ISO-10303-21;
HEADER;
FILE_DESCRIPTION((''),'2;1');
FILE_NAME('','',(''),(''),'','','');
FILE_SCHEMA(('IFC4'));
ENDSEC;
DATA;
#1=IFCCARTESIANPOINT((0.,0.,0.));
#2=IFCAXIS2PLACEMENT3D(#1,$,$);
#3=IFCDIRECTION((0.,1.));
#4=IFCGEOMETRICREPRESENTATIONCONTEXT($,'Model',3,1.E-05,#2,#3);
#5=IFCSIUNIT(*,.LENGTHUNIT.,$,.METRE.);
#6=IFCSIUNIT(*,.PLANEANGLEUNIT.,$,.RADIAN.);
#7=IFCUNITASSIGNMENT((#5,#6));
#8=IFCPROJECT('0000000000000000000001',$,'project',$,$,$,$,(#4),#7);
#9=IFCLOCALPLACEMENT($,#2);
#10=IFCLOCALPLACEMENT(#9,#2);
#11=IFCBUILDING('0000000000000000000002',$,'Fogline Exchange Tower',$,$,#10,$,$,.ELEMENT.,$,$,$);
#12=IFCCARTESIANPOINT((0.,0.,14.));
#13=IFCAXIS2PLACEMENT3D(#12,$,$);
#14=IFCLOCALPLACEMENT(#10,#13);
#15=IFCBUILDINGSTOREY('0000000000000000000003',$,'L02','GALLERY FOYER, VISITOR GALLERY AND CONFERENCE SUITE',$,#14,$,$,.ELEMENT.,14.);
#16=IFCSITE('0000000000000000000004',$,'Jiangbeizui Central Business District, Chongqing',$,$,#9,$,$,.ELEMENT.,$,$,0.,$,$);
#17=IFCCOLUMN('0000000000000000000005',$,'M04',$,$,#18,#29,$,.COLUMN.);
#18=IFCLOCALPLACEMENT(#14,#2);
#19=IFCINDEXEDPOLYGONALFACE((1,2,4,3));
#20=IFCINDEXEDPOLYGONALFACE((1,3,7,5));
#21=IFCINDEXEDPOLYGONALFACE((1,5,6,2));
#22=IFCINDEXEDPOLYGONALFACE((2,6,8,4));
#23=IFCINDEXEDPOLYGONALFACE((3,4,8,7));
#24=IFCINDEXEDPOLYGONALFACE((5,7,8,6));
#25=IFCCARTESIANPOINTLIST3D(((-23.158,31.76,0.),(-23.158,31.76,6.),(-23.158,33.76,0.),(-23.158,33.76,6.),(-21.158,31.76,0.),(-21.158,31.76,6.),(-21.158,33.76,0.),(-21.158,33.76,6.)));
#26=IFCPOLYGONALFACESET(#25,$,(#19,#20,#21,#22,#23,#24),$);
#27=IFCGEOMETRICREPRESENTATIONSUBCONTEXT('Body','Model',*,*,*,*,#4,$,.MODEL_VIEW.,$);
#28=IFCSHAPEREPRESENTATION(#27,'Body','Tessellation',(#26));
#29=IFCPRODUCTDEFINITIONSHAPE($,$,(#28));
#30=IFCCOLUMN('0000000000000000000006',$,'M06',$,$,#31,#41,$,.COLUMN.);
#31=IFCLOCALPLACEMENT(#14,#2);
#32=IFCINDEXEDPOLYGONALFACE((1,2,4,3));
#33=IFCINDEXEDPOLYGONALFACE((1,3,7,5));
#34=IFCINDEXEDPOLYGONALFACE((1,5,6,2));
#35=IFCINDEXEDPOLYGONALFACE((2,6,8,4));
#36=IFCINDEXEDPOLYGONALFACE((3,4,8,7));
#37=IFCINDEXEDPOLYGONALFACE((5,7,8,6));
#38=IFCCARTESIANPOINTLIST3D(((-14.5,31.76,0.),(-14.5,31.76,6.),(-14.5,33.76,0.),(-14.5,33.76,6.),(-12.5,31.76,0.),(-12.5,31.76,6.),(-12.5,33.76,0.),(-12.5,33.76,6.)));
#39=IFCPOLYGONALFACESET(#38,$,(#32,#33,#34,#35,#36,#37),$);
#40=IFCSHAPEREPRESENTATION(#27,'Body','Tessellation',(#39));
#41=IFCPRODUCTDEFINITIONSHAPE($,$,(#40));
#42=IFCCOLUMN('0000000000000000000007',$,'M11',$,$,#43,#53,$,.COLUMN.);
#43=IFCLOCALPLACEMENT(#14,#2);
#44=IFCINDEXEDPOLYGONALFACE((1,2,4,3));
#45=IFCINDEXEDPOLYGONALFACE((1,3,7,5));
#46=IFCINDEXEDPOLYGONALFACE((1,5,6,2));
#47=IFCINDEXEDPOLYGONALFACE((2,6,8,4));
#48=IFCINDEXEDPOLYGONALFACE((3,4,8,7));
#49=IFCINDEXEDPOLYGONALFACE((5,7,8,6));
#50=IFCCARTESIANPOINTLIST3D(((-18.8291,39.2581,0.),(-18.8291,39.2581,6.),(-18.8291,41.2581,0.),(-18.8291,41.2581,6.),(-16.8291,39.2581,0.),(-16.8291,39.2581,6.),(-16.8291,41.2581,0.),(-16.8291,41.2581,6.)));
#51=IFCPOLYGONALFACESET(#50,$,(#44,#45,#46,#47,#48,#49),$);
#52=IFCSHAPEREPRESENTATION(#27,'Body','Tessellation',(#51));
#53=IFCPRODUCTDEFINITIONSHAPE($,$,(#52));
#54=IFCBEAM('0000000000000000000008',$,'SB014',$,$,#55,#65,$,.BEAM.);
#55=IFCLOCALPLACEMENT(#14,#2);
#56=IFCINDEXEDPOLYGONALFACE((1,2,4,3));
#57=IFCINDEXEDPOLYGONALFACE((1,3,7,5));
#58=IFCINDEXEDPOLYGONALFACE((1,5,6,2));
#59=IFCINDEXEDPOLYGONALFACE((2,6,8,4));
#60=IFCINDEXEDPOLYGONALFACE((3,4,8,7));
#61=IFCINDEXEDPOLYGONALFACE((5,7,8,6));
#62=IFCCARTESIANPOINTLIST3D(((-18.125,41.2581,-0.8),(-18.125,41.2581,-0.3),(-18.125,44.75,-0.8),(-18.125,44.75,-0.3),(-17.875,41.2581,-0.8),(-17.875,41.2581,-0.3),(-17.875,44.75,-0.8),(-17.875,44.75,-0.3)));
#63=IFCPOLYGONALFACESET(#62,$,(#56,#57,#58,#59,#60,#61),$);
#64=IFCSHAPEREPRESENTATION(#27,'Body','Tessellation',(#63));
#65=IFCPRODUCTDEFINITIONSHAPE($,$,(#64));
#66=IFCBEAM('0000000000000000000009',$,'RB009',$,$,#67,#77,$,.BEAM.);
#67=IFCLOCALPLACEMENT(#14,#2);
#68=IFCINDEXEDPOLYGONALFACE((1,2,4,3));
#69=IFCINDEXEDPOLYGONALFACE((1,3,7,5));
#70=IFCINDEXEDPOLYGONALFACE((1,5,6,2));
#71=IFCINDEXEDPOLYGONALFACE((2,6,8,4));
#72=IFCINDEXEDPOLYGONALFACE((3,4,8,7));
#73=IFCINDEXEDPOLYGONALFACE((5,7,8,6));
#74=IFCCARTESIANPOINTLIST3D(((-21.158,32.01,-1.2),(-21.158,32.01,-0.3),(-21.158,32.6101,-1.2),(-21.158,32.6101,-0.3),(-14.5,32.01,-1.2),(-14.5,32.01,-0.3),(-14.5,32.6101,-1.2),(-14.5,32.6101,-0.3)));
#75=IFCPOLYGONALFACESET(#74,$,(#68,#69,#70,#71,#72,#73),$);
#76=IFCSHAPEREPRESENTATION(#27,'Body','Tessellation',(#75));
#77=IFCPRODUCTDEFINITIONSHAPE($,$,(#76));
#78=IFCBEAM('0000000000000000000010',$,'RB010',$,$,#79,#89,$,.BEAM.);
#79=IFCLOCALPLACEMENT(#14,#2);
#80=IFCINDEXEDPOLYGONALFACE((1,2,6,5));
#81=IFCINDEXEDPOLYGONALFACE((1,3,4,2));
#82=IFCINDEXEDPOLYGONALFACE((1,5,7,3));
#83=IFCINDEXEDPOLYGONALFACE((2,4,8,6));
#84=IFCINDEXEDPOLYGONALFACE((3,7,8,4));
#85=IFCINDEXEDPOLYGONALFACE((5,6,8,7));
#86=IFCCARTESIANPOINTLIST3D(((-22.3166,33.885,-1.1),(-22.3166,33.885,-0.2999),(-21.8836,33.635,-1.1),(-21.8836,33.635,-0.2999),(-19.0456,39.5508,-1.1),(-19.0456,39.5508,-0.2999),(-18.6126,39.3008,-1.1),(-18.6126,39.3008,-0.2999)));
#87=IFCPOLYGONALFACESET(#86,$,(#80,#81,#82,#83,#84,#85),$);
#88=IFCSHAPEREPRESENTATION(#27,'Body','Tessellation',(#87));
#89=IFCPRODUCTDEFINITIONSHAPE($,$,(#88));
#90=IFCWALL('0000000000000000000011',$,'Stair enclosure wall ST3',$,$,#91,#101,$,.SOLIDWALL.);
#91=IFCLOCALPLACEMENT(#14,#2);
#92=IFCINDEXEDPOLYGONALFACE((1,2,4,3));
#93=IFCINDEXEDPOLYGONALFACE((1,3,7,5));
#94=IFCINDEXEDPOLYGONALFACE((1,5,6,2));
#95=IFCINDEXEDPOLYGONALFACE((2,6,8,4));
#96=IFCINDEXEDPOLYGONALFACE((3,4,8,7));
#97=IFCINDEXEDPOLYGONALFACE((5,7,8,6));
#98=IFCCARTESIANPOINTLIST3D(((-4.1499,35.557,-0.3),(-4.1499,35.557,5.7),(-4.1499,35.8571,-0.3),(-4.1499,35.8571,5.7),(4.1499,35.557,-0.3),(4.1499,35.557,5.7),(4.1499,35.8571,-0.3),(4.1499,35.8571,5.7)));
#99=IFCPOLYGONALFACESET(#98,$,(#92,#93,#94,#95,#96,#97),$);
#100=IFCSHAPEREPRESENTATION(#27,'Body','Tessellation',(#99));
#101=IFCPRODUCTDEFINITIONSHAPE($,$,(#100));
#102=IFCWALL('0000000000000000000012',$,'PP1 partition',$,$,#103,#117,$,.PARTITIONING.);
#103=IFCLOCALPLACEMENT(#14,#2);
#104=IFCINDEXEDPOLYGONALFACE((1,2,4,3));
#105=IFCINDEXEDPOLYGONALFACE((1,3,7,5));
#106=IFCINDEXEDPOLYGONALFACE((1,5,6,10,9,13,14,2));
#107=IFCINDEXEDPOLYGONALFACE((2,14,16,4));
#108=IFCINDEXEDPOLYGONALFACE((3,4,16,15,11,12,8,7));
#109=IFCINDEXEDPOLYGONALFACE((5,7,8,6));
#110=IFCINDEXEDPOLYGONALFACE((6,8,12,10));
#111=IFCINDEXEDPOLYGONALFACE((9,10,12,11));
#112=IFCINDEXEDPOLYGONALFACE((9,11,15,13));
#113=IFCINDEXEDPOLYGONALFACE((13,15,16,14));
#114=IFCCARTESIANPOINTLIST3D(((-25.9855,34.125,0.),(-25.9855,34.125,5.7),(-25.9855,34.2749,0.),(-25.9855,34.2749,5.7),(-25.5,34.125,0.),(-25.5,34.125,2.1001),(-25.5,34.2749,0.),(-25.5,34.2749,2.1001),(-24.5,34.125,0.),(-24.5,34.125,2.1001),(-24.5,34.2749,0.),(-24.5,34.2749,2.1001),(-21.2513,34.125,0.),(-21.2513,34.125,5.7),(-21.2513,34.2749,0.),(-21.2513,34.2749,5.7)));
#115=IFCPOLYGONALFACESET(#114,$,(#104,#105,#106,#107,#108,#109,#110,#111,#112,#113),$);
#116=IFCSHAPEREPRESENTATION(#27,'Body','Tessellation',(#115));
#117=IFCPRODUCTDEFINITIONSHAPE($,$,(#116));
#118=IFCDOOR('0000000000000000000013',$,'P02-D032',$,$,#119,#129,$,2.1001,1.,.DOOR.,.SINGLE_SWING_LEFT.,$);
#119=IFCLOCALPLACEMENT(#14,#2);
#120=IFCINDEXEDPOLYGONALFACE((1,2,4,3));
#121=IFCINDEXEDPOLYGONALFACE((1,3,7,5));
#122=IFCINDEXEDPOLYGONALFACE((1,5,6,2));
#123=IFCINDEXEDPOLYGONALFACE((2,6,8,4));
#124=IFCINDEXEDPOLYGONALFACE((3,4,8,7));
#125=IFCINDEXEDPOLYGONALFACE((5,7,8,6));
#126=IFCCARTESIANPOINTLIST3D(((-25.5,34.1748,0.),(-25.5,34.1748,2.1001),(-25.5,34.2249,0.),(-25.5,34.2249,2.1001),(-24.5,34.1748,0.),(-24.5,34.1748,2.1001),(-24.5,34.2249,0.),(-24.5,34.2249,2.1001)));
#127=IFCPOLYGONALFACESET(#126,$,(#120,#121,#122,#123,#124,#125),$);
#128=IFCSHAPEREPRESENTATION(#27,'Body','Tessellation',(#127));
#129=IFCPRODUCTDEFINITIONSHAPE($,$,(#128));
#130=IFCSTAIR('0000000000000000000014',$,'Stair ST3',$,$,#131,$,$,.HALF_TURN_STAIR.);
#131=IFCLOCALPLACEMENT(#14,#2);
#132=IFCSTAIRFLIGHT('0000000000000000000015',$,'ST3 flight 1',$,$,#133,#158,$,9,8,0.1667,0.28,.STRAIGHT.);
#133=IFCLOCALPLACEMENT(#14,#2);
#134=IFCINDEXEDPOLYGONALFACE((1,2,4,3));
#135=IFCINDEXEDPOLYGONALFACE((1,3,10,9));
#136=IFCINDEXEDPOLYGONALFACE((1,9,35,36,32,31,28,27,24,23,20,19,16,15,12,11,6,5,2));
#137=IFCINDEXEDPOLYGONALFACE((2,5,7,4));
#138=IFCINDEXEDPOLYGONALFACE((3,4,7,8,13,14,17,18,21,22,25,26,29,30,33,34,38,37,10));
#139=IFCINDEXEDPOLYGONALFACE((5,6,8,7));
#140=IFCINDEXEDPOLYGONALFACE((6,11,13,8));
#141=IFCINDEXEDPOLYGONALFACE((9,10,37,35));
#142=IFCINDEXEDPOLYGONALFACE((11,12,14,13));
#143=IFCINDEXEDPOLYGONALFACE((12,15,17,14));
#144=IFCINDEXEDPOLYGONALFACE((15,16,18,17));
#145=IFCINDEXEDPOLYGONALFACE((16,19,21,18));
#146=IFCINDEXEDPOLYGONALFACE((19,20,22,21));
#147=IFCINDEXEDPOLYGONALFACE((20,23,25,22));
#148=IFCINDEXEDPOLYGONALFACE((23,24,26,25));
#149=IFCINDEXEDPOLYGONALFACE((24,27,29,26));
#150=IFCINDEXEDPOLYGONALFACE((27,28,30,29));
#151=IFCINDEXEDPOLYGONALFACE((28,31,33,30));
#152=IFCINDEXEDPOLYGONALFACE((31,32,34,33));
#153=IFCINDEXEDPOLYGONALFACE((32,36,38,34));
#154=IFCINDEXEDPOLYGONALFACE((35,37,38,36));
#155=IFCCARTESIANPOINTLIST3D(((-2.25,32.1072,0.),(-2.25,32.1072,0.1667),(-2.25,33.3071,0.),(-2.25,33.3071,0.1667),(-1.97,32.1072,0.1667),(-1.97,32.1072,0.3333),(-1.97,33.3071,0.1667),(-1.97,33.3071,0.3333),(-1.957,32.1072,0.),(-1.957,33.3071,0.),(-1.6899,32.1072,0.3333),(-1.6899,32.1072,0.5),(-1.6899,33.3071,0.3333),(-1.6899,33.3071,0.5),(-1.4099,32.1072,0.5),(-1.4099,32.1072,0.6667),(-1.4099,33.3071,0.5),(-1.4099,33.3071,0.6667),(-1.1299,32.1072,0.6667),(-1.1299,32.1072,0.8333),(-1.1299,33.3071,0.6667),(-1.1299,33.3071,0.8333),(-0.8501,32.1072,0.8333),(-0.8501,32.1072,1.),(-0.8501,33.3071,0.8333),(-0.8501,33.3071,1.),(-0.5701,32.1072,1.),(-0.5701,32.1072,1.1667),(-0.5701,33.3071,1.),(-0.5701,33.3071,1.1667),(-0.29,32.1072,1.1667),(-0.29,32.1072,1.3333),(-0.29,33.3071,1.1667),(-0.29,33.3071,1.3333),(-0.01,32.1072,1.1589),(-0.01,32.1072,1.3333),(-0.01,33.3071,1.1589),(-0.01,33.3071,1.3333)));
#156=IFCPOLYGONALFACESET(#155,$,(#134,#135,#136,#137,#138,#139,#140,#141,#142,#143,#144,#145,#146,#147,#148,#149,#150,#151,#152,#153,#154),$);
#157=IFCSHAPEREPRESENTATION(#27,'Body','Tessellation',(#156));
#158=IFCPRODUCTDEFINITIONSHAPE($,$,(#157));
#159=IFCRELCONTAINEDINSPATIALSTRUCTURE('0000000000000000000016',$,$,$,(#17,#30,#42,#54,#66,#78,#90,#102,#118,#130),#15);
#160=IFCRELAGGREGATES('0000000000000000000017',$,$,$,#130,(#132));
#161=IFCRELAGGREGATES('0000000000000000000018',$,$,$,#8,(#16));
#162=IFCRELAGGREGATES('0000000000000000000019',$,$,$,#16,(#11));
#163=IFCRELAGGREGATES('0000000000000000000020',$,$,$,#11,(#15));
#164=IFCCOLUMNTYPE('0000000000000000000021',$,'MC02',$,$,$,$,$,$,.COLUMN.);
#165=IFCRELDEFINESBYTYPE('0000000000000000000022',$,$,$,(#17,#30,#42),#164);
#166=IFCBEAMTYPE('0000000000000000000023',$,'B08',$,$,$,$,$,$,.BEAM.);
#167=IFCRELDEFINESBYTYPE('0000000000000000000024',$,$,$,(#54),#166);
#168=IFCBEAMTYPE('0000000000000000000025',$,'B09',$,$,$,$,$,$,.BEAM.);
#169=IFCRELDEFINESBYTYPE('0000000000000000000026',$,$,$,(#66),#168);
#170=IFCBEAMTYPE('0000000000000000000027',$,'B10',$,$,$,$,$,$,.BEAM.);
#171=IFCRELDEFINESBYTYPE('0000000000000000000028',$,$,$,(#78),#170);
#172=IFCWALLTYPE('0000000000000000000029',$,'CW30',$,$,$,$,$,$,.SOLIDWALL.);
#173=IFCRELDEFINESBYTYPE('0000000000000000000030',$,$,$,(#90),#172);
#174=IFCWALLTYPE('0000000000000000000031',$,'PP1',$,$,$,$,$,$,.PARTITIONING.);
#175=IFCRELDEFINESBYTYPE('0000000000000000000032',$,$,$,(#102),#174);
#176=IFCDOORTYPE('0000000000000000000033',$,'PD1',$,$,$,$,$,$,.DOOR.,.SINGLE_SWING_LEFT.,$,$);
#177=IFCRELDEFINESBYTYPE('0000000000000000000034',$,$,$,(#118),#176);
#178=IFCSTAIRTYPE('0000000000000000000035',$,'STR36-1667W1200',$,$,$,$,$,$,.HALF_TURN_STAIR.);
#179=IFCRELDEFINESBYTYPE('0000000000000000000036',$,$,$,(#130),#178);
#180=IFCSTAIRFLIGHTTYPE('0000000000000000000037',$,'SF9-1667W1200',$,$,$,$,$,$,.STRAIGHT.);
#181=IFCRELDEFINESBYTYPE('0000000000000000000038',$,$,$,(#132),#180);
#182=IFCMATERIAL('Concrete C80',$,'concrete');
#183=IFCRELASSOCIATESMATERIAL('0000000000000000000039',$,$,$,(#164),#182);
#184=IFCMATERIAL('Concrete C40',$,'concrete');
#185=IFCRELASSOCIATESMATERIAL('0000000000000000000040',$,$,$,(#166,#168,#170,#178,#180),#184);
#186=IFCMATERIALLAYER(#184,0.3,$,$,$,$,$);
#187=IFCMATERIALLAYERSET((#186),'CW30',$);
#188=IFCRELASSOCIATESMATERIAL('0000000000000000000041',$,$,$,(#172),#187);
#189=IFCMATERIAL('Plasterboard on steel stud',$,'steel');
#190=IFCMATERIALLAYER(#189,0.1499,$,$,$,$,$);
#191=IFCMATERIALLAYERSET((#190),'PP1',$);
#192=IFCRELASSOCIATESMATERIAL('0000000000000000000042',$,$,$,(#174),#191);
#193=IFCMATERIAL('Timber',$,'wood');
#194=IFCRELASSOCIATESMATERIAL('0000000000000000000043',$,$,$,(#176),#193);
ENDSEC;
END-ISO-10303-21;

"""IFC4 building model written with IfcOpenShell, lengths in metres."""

from ifc_helpers import new_model, si_unit, direction, frame, frame_2d, origin, origin_2d, place, context, subcontext, project, spatial, polyline, rectangle, outline, extrude, material, layer, layer_set, material_profile, profile_set, type_object, element, fill, aggregate, save


model = new_model("IFC4")

# Units and contexts
model_context = context("Model", 3, precision=1e-05, world=origin(), true_north=direction((0.0, 1.0)))
body_context = subcontext(model_context, "Body", "Model", "MODEL_VIEW")
ifc_project = project(units=[si_unit("LENGTHUNIT", "METRE"), si_unit("PLANEANGLEUNIT", "RADIAN")], contexts=[model_context])

# Site, building, storey
site_placement = place(None, origin())
site = spatial("IfcSite", under=ifc_project, at=site_placement, Name="Jiangbeizui Central Business District, Chongqing", CompositionType="ELEMENT", RefElevation=0.0)
building_placement = place(site_placement, origin())
building = spatial("IfcBuilding", under=site, at=building_placement, Name="Fogline Exchange Tower", CompositionType="ELEMENT")
storey_placement = place(building_placement, frame((0.0, 0.0, 14.0)))
storey = spatial("IfcBuildingStorey", under=building, at=storey_placement, Name="L02", Description="GALLERY FOYER, VISITOR GALLERY AND CONFERENCE SUITE", CompositionType="ELEMENT", Elevation=14.0)

# Columns
ifc_material_1 = material(Name="Concrete C80", Category="concrete")
ifc_material_profile_1 = material_profile(ifc_material_1, rectangle(XDim=2.0, YDim=2.0, at=origin_2d()), Name="RC 2000x2000")
ifc_profile_set_1 = profile_set([ifc_material_profile_1], Name="Concrete C80")
column_type = type_object("IfcColumnType", Name="MC02", PredefinedType="COLUMN", material=ifc_profile_set_1)
for number, where, z_axis, x_axis, name in (
    (1, (-22.158, 32.76, 0.0), (0.0, 0.0, 1.0), (1.0, 0.0, 0.0), "M04"),
    (2, (-13.5, 32.76, 0.0), (0.0, 0.0, 1.0), (1.0, 0.0, 0.0), "M06"),
    (3, (-17.8291, 40.2581, 0.0), (0.0, 0.0, 1.0), (1.0, 0.0, 0.0), "M11"),
):
    element("IfcColumn", number, at=place(storey_placement, frame(where, z_axis=z_axis, x_axis=x_axis)), inside=storey, type_object=column_type, Name=name, PredefinedType="COLUMN", context=body_context, shape_type="SweptSolid", body=[
        extrude(rectangle(XDim=2.0, YDim=2.0, at=origin_2d()), origin(), (0.0, 0.0, 1.0), 6.0),
    ])

# Beams
ifc_material_2 = material(Name="Concrete C40", Category="concrete")
ifc_material_profile_2 = material_profile(ifc_material_2, rectangle(XDim=0.25, YDim=0.5, at=origin_2d()), Name="RC 250x500")
ifc_profile_set_2 = profile_set([ifc_material_profile_2], Name="Concrete C40")
beam_type_1 = type_object("IfcBeamType", Name="B08", PredefinedType="BEAM", material=ifc_profile_set_2)
beam_1_placement = place(storey_placement, frame((-18.0, 41.2581, -0.55), z_axis=(0.0, 1.0, 0.0), x_axis=(-1.0, 0.0, 0.0)))
element("IfcBeam", 4, at=beam_1_placement, inside=storey, type_object=beam_type_1, Name="SB014", PredefinedType="BEAM", context=body_context, shape_type="SweptSolid", body=[
    extrude(rectangle(XDim=0.25, YDim=0.5, at=origin_2d()), origin(), (0.0, 0.0, 1.0), 3.4919),
])
ifc_material_profile_3 = material_profile(ifc_material_2, rectangle(XDim=0.6001, YDim=0.8999, at=origin_2d()), Name="RC 600x900")
ifc_profile_set_3 = profile_set([ifc_material_profile_3], Name="Concrete C40")
beam_type_2 = type_object("IfcBeamType", Name="B09", PredefinedType="BEAM", material=ifc_profile_set_3)
beam_2_placement = place(storey_placement, frame((-14.5, 32.3101, -0.75), z_axis=(-1.0, 0.0, 0.0), x_axis=(0.0, -1.0, 0.0)))
element("IfcBeam", 5, at=beam_2_placement, inside=storey, type_object=beam_type_2, Name="RB009", PredefinedType="BEAM", context=body_context, shape_type="SweptSolid", body=[
    extrude(rectangle(XDim=0.6001, YDim=0.8999, at=origin_2d()), origin(), (0.0, 0.0, 1.0), 6.658),
])
ifc_material_profile_4 = material_profile(ifc_material_2, rectangle(XDim=0.5, YDim=0.8, at=origin_2d()), Name="RC 500x800")
ifc_profile_set_4 = profile_set([ifc_material_profile_4], Name="Concrete C40")
beam_type_3 = type_object("IfcBeamType", Name="B10", PredefinedType="BEAM", material=ifc_profile_set_4)
beam_3_placement = place(storey_placement, frame((-22.1001, 33.76, -0.7), z_axis=(0.499984, 0.866035, 0.0), x_axis=(-0.866035, 0.499984, 0.0)))
element("IfcBeam", 6, at=beam_3_placement, inside=storey, type_object=beam_type_3, Name="RB010", PredefinedType="BEAM", context=body_context, shape_type="SweptSolid", body=[
    extrude(rectangle(XDim=0.5, YDim=0.8, at=origin_2d()), origin(), (0.0, 0.0, 1.0), 6.5422),
])

# Wall
ifc_layer_1 = layer(ifc_material_2, 0.3)
ifc_layer_set_1 = layer_set([ifc_layer_1], Name="CW30")
wall_type_1 = type_object("IfcWallType", Name="CW30", PredefinedType="SOLIDWALL", material=ifc_layer_set_1)
wall_1_placement = place(storey_placement, frame((-4.1499, 35.707, -0.3), z_axis=(0.0, 0.0, 1.0), x_axis=(1.0, 0.0, 0.0)))
element("IfcWall", 7, at=wall_1_placement, inside=storey, type_object=wall_type_1, Name="Stair enclosure wall ST3", PredefinedType="SOLIDWALL", context=body_context, shape_type="SweptSolid", body=[
    extrude(rectangle(XDim=8.2998, YDim=0.3, at=frame_2d((4.1499, 0.0))), origin(), (0.0, 0.0, 1.0), 6.0),
])

# Wall, opening, door
ifc_material_3 = material(Name="Plasterboard on steel stud", Category="steel")
ifc_layer_2 = layer(ifc_material_3, 0.1499)
ifc_layer_set_2 = layer_set([ifc_layer_2], Name="PP1")
wall_type_2 = type_object("IfcWallType", Name="PP1", PredefinedType="PARTITIONING", material=ifc_layer_set_2)
wall_2_placement = place(storey_placement, frame((-25.9856, 34.2, 0.0), z_axis=(0.0, 0.0, 1.0), x_axis=(1.0, 0.0, 0.0)))
wall_2 = element("IfcWall", 8, at=wall_2_placement, inside=storey, type_object=wall_type_2, Name="PP1 partition", PredefinedType="PARTITIONING", context=body_context, shape_type="SweptSolid", body=[
    extrude(rectangle(XDim=4.7341, YDim=0.1499, at=frame_2d((2.3672, 0.0))), origin(), (0.0, 0.0, 1.0), 5.7),
])
opening_1_placement = place(wall_2_placement, frame((0.4856, 0.0, 0.0)))
opening_1 = element("IfcOpeningElement", 9, at=opening_1_placement, cuts=wall_2, PredefinedType="OPENING", context=body_context, shape_type="SweptSolid", body=[
    extrude(rectangle(XDim=1.0, YDim=2.1001, at=frame_2d((0.5, 1.05))), frame((0.0, 0.085, 0.0), z_axis=(0.0, -1.0, 0.0), x_axis=(1.0, 0.0, 0.0)), (0.0, 0.0, 1.0), 0.1699),
])
ifc_material_4 = material(Name="Timber", Category="wood")
door_type_1 = type_object("IfcDoorType", Name="PD1", OperationType="SINGLE_SWING_LEFT", PredefinedType="DOOR", material=ifc_material_4)
door_1_placement = place(opening_1_placement, origin())
door_1 = element("IfcDoor", 10, at=door_1_placement, inside=storey, type_object=door_type_1, Name="P02-D032", OperationType="SINGLE_SWING_LEFT", OverallHeight=2.1001, OverallWidth=1.0, PredefinedType="DOOR", context=body_context, shape_type="SweptSolid", body=[
    extrude(rectangle(XDim=1.0, YDim=2.1001, at=frame_2d((0.5, 1.05))), frame((0.0, 0.0249, 0.0), z_axis=(0.0, -1.0, 0.0), x_axis=(1.0, 0.0, 0.0)), (0.0, 0.0, 1.0), 0.05),
])
fill(opening_1, door_1)

# Stair, stair flight
stair_type = type_object("IfcStairType", Name="STR36-1667W1200", PredefinedType="HALF_TURN_STAIR", material=ifc_material_2)
stair_placement = place(storey_placement, origin())
stair = element("IfcStair", 11, at=stair_placement, inside=storey, type_object=stair_type, Name="Stair ST3", PredefinedType="HALF_TURN_STAIR")
stair_flight_type = type_object("IfcStairFlightType", Name="SF9-1667W1200", PredefinedType="STRAIGHT", material=ifc_material_2)
stair_flight_1_placement = place(storey_placement, frame((-2.25, 32.707, 0.0), z_axis=(0.0, 0.0, 1.0), x_axis=(1.0, 0.0, 0.0)))
stair_flight_1 = element("IfcStairFlight", 12, at=stair_flight_1_placement, type_object=stair_flight_type, Name="ST3 flight 1", NumberOfRisers=9, NumberOfTreads=8, PredefinedType="STRAIGHT", RiserHeight=0.1667, TreadLength=0.28, context=body_context, shape_type="SweptSolid", body=[
    extrude(outline(polyline([(0.0, 0.0), (0.0, 0.1667), (0.28, 0.1667), (0.28, 0.3333), (0.5601, 0.3333), (0.5601, 0.5), (0.8401, 0.5), (0.8401, 0.6667), (1.1201, 0.6667), (1.1201, 0.8333), (1.3999, 0.8333), (1.3999, 1.0), (1.6799, 1.0), (1.6799, 1.1667), (1.96, 1.1667), (1.96, 1.3333), (2.24, 1.3333), (2.24, 1.5), (2.24, 1.1589), (0.293, 0.0), (0.0, 0.0)])), frame((0.0, 0.6001, 0.0), z_axis=(0.0, -1.0, 0.0), x_axis=(1.0, 0.0, 0.0)), (0.0, 0.0, 1.0), 1.2),
])
aggregate(stair, [stair_flight_1])

save(model, "model.ifc")
